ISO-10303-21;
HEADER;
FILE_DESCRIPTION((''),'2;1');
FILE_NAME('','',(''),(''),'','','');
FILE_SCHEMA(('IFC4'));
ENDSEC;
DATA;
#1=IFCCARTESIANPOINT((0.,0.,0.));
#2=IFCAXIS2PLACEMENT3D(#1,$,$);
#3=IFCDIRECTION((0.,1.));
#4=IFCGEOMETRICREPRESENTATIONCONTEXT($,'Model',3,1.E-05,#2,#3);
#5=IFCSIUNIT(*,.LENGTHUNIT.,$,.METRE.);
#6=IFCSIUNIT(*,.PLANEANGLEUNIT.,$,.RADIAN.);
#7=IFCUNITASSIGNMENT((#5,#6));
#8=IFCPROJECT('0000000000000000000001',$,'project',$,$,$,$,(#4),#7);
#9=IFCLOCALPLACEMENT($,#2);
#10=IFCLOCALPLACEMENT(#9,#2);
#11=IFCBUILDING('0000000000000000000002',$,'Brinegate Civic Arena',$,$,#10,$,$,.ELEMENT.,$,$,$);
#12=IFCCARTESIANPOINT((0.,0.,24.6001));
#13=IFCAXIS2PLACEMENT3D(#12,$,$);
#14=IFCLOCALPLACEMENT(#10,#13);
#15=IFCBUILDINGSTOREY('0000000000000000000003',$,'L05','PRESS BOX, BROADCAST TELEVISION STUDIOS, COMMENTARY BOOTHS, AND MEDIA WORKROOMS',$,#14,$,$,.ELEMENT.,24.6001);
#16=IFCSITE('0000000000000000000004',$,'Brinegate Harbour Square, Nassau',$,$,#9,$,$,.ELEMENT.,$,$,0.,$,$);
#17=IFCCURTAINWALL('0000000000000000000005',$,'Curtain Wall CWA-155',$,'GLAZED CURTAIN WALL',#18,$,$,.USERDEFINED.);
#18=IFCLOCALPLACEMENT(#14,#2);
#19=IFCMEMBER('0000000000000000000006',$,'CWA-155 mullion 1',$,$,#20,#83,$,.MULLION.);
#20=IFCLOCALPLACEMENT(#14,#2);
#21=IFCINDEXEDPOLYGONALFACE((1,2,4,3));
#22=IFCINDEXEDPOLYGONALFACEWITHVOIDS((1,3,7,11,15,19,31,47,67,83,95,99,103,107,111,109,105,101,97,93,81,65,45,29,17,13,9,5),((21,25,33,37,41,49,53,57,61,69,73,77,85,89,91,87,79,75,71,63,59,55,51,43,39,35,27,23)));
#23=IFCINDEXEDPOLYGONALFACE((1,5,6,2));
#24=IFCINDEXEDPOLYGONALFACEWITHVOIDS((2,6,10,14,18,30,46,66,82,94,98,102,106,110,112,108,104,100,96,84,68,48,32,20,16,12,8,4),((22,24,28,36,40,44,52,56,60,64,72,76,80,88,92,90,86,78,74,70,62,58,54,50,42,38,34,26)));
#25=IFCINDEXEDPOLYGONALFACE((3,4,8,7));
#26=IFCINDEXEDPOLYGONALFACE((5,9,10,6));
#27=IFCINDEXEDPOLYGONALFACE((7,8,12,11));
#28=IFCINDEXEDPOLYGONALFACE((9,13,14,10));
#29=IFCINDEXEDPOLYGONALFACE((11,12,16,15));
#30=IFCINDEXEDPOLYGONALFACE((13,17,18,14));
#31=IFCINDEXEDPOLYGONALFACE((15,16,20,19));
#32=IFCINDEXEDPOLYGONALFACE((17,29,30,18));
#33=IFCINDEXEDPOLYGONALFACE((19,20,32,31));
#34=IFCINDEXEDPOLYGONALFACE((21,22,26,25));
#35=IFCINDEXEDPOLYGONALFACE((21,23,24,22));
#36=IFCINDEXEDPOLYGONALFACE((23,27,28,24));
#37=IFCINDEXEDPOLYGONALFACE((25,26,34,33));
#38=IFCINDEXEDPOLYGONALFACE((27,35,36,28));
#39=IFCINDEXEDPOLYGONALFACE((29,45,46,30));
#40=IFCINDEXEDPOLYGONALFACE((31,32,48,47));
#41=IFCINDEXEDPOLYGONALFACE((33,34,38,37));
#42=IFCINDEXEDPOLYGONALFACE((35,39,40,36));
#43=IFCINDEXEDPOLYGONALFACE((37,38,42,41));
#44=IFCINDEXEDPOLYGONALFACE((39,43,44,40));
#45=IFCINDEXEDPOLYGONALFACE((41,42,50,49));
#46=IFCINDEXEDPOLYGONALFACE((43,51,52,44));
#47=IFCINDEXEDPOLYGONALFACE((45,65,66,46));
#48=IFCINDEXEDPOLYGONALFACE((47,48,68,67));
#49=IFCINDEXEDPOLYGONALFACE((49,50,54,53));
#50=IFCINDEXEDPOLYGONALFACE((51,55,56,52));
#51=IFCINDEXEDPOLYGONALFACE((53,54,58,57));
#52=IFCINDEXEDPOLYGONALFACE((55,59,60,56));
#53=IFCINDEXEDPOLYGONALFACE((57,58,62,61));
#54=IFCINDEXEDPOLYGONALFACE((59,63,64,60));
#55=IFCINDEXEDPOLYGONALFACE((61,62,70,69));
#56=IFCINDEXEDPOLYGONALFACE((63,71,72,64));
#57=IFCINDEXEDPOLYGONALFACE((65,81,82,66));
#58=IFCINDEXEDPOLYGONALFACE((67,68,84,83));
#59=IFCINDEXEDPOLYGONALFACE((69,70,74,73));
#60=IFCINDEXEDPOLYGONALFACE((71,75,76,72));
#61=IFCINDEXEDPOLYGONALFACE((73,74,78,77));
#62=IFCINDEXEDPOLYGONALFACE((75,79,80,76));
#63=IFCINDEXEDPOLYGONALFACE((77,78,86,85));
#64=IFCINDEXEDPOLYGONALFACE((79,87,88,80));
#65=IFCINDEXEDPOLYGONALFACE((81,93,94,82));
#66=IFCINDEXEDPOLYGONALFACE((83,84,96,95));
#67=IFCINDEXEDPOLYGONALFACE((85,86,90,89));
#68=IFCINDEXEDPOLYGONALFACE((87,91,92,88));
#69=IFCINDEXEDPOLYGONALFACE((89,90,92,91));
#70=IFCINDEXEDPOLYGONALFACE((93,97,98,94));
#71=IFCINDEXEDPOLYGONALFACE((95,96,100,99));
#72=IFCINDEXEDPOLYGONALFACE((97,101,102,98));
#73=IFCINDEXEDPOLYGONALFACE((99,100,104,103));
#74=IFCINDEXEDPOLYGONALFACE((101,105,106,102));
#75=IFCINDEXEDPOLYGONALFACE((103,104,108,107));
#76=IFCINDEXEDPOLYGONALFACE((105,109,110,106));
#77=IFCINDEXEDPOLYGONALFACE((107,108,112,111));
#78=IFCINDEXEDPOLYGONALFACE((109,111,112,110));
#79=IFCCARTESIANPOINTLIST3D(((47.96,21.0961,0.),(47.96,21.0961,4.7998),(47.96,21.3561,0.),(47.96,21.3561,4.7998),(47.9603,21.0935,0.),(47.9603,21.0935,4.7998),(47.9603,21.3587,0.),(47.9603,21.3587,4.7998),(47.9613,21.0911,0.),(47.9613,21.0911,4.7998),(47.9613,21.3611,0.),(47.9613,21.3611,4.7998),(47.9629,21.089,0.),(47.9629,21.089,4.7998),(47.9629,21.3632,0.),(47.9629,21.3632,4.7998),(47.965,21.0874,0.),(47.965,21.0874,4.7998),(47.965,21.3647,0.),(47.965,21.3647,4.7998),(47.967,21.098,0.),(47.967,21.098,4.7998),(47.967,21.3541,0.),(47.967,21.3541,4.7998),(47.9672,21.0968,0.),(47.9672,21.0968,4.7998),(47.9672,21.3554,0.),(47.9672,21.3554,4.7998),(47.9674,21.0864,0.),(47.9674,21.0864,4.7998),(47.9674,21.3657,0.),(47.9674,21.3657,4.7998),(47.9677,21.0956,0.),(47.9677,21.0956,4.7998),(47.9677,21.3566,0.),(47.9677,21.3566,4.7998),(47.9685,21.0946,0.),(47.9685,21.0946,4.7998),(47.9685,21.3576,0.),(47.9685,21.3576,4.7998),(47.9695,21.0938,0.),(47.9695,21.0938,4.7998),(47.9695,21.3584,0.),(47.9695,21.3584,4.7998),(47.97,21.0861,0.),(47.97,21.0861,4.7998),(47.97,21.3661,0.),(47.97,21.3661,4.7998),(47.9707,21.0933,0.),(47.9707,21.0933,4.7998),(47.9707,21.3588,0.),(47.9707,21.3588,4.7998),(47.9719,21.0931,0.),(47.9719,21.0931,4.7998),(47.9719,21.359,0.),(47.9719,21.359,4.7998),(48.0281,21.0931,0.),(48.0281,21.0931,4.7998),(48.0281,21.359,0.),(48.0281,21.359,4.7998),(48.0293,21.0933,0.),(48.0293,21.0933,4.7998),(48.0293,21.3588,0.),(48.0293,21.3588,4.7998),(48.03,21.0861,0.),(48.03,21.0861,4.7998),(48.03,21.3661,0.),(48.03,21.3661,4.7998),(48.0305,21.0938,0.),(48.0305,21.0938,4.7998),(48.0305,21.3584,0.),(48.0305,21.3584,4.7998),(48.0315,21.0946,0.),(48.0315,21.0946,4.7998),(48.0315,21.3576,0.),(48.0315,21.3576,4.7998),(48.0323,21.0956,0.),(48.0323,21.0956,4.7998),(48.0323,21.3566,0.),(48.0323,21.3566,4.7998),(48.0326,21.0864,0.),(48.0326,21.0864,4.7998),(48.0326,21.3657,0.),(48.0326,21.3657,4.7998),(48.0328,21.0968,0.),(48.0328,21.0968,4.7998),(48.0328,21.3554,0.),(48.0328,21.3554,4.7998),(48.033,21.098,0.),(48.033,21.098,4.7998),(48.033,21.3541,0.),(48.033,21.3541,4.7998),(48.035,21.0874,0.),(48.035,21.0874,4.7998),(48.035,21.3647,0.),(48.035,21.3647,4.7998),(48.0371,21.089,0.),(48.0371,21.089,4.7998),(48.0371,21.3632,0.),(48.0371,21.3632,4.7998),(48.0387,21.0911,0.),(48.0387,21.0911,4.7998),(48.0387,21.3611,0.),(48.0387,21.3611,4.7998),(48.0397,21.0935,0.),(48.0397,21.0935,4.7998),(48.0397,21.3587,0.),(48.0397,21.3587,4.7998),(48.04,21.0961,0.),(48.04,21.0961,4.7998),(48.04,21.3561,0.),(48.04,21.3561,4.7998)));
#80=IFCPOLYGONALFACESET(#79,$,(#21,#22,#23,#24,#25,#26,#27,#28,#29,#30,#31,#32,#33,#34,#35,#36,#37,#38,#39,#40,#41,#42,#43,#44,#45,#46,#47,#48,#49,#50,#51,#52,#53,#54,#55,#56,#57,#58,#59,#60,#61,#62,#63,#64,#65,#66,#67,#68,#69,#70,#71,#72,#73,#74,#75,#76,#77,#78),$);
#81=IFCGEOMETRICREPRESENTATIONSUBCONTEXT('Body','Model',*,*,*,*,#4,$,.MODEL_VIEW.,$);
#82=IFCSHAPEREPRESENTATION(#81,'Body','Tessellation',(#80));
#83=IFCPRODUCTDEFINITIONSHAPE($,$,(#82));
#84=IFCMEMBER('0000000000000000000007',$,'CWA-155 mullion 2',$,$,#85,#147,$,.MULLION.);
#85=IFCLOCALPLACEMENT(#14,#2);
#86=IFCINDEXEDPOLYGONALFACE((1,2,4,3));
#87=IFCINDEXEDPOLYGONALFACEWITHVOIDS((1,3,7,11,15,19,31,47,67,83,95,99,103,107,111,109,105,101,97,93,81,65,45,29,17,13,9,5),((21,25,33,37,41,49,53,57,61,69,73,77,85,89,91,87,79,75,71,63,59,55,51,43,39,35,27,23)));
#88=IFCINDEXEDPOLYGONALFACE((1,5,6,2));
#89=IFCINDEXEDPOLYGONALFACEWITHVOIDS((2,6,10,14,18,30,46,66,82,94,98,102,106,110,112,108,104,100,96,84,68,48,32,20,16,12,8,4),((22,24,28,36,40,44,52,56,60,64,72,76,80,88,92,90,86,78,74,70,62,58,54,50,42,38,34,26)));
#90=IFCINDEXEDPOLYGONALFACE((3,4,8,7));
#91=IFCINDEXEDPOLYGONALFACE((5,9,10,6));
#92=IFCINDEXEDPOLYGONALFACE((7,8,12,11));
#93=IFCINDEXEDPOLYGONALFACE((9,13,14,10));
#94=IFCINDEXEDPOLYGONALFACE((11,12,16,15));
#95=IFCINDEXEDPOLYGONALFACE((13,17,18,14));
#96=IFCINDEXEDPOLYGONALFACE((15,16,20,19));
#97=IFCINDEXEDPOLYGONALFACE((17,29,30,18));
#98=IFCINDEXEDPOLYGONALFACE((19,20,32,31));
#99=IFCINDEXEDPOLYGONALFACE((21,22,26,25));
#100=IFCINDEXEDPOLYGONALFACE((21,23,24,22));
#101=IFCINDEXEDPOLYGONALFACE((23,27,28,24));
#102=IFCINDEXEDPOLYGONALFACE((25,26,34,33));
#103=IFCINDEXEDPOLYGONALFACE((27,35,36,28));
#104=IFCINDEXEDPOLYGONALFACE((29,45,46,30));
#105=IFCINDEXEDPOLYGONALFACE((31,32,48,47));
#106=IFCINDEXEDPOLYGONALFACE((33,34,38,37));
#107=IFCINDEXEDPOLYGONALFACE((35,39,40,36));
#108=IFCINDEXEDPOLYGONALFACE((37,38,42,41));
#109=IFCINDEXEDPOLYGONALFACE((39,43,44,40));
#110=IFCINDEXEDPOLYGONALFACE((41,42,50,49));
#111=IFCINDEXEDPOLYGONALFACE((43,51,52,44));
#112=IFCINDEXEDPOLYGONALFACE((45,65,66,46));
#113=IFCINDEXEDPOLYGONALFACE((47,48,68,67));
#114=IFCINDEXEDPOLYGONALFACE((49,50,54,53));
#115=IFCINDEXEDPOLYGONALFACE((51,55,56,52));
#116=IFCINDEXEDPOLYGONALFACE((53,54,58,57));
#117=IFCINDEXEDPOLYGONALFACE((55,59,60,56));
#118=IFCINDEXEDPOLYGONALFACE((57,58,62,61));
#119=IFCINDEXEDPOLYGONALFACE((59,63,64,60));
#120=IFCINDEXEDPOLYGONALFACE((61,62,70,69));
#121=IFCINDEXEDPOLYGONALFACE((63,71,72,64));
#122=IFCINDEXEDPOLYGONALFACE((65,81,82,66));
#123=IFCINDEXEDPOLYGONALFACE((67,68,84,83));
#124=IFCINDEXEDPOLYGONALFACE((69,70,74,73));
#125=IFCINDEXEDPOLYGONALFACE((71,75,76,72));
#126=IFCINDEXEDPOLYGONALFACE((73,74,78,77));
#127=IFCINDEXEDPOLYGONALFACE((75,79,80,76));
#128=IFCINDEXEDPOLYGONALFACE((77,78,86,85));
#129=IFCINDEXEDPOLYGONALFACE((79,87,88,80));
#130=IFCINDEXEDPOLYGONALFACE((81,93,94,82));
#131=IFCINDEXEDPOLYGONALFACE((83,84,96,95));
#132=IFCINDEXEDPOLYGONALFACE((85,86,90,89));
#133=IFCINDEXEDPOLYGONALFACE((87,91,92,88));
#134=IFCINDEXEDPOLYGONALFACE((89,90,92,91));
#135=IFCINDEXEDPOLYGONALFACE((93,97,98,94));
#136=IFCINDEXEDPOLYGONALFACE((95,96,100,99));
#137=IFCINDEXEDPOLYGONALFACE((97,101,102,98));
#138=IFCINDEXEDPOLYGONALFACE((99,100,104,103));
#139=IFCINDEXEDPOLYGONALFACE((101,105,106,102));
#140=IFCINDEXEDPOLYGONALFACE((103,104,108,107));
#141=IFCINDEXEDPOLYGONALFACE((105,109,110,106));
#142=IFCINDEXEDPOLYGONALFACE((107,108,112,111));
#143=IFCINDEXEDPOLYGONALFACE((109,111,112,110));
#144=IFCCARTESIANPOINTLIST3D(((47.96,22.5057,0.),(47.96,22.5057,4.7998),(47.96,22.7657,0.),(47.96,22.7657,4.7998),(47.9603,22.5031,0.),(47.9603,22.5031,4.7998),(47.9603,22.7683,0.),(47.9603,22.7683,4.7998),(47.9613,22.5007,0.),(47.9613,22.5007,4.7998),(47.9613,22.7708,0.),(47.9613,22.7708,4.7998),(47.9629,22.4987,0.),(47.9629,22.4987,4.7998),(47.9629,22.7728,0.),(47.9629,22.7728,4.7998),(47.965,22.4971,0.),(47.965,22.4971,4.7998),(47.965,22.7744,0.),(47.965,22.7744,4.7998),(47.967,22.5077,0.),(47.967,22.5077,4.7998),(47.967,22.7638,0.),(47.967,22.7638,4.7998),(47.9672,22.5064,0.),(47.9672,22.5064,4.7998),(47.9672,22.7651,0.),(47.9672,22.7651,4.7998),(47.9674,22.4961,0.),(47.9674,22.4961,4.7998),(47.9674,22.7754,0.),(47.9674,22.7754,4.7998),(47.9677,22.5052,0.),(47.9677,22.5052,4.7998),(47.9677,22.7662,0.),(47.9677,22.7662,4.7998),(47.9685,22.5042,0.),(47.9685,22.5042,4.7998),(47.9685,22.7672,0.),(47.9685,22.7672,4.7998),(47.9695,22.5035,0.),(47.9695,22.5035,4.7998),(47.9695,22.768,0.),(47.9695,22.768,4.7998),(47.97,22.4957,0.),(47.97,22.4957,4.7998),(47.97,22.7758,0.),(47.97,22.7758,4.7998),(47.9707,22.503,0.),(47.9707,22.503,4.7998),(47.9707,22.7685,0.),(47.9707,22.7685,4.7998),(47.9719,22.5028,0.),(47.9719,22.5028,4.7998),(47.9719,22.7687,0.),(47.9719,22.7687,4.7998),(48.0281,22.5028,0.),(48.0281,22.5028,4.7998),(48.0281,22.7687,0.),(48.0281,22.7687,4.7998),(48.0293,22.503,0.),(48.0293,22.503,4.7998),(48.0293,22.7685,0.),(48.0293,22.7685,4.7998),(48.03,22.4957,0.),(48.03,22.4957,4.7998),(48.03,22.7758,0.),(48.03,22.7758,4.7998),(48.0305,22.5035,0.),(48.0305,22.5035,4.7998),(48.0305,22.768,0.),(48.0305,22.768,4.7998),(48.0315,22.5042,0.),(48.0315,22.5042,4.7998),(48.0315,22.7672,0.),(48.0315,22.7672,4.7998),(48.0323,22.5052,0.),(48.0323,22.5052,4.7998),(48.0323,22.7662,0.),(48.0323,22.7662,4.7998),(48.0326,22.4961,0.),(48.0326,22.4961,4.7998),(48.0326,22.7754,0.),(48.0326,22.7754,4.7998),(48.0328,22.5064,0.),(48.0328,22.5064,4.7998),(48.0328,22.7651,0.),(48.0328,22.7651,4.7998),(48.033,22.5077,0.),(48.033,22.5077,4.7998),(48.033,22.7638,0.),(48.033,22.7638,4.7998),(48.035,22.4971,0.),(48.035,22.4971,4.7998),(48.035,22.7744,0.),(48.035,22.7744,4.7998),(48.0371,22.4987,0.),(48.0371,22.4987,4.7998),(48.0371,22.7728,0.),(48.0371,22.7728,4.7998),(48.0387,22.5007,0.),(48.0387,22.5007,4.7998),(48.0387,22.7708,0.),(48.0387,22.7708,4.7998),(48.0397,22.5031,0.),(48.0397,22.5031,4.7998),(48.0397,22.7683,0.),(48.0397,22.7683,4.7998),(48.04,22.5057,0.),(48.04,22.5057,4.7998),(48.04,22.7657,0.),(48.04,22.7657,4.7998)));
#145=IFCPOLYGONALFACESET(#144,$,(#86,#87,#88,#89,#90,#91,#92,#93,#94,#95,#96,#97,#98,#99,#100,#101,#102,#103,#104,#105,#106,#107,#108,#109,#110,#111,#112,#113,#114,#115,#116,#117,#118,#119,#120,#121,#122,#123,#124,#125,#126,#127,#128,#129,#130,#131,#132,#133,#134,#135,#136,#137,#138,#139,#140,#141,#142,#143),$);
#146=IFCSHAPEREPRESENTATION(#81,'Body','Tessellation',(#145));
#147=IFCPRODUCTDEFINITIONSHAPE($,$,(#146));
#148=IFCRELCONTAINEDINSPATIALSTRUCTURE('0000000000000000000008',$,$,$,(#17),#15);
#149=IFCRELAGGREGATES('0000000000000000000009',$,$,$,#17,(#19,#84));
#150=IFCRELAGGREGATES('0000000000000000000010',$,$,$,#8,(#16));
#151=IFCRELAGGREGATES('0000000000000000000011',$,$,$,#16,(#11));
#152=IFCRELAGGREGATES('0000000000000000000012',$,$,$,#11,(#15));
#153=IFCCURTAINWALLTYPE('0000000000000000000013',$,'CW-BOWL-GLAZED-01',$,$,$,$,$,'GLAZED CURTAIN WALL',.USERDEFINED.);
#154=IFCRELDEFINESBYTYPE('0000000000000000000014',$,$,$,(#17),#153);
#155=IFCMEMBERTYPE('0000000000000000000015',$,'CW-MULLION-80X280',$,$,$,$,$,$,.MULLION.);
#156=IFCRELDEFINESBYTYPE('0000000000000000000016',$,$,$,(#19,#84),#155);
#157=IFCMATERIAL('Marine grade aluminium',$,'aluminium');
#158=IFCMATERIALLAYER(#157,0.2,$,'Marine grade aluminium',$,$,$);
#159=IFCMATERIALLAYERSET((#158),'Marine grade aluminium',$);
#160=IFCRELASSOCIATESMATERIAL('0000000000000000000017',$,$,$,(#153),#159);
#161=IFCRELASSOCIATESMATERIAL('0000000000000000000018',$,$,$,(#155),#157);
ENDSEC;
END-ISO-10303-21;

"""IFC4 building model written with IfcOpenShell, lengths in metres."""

from ifc_helpers import new_model, si_unit, direction, frame, origin, origin_2d, place, context, subcontext, project, spatial, hollow_rectangle, extrude, material, layer, layer_set, material_profile, profile_set, type_object, element, aggregate, save


model = new_model("IFC4")

# Units and contexts
model_context = context("Model", 3, precision=1e-05, world=origin(), true_north=direction((0.0, 1.0)))
body_context = subcontext(model_context, "Body", "Model", "MODEL_VIEW")
ifc_project = project(units=[si_unit("LENGTHUNIT", "METRE"), si_unit("PLANEANGLEUNIT", "RADIAN")], contexts=[model_context])

# Site, building, storey
site_placement = place(None, origin())
site = spatial("IfcSite", under=ifc_project, at=site_placement, Name="Brinegate Harbour Square, Nassau", CompositionType="ELEMENT", RefElevation=0.0)
building_placement = place(site_placement, origin())
building = spatial("IfcBuilding", under=site, at=building_placement, Name="Brinegate Civic Arena", CompositionType="ELEMENT")
storey_placement = place(building_placement, frame((0.0, 0.0, 24.6001)))
storey = spatial("IfcBuildingStorey", under=building, at=storey_placement, Name="L05", Description="PRESS BOX, BROADCAST TELEVISION STUDIOS, COMMENTARY BOOTHS, AND MEDIA WORKROOMS", CompositionType="ELEMENT", Elevation=24.6001)

# Curtain wall, members
ifc_material_1 = material(Name="Marine grade aluminium", Category="aluminium")
ifc_layer_1 = layer(ifc_material_1, 0.2, Name="Marine grade aluminium")
ifc_layer_set_1 = layer_set([ifc_layer_1], Name="Marine grade aluminium")
curtain_wall_type = type_object("IfcCurtainWallType", Name="CW-BOWL-GLAZED-01", ElementType="GLAZED CURTAIN WALL", PredefinedType="USERDEFINED", material=ifc_layer_set_1)
curtain_wall_1_placement = place(storey_placement, origin())
curtain_wall_1 = element("IfcCurtainWall", 1, at=curtain_wall_1_placement, inside=storey, type_object=curtain_wall_type, Name="Curtain Wall CWA-155", ObjectType="GLAZED CURTAIN WALL", PredefinedType="USERDEFINED")
ifc_material_profile_1 = material_profile(ifc_material_1, hollow_rectangle(XDim=0.0801, YDim=0.28, WallThickness=0.0071, InnerFilletRadius=0.0049, OuterFilletRadius=0.01, at=origin_2d()), Name="MUL80X280")
ifc_profile_set_1 = profile_set([ifc_material_profile_1], Name="Marine grade aluminium")
member_type_1 = type_object("IfcMemberType", Name="CW-MULLION-80X280", PredefinedType="MULLION", material=ifc_profile_set_1)
member_1_placement = place(storey_placement, frame((48.0, 21.2261, 0.0), z_axis=(0.0, 0.0, 1.0), x_axis=(-1.0, 0.0, 0.0)))
member_1 = element("IfcMember", 2, at=member_1_placement, type_object=member_type_1, Name="CWA-155 mullion 1", PredefinedType="MULLION", context=body_context, shape_type="SweptSolid", body=[
    extrude(hollow_rectangle(XDim=0.0801, YDim=0.28, WallThickness=0.0071, InnerFilletRadius=0.0049, OuterFilletRadius=0.01, at=origin_2d()), origin(), (0.0, 0.0, 1.0), 4.7998),
])
member_2_placement = place(storey_placement, frame((48.0, 22.6357, 0.0), z_axis=(0.0, 0.0, 1.0), x_axis=(-1.0, 0.0, 0.0)))
member_2 = element("IfcMember", 3, at=member_2_placement, type_object=member_type_1, Name="CWA-155 mullion 2", PredefinedType="MULLION", context=body_context, shape_type="SweptSolid", body=[
    extrude(hollow_rectangle(XDim=0.0801, YDim=0.28, WallThickness=0.0071, InnerFilletRadius=0.0049, OuterFilletRadius=0.01, at=origin_2d()), origin(), (0.0, 0.0, 1.0), 4.7998),
])

aggregate(curtain_wall_1, [member_1, member_2])

save(model, "model.ifc")
